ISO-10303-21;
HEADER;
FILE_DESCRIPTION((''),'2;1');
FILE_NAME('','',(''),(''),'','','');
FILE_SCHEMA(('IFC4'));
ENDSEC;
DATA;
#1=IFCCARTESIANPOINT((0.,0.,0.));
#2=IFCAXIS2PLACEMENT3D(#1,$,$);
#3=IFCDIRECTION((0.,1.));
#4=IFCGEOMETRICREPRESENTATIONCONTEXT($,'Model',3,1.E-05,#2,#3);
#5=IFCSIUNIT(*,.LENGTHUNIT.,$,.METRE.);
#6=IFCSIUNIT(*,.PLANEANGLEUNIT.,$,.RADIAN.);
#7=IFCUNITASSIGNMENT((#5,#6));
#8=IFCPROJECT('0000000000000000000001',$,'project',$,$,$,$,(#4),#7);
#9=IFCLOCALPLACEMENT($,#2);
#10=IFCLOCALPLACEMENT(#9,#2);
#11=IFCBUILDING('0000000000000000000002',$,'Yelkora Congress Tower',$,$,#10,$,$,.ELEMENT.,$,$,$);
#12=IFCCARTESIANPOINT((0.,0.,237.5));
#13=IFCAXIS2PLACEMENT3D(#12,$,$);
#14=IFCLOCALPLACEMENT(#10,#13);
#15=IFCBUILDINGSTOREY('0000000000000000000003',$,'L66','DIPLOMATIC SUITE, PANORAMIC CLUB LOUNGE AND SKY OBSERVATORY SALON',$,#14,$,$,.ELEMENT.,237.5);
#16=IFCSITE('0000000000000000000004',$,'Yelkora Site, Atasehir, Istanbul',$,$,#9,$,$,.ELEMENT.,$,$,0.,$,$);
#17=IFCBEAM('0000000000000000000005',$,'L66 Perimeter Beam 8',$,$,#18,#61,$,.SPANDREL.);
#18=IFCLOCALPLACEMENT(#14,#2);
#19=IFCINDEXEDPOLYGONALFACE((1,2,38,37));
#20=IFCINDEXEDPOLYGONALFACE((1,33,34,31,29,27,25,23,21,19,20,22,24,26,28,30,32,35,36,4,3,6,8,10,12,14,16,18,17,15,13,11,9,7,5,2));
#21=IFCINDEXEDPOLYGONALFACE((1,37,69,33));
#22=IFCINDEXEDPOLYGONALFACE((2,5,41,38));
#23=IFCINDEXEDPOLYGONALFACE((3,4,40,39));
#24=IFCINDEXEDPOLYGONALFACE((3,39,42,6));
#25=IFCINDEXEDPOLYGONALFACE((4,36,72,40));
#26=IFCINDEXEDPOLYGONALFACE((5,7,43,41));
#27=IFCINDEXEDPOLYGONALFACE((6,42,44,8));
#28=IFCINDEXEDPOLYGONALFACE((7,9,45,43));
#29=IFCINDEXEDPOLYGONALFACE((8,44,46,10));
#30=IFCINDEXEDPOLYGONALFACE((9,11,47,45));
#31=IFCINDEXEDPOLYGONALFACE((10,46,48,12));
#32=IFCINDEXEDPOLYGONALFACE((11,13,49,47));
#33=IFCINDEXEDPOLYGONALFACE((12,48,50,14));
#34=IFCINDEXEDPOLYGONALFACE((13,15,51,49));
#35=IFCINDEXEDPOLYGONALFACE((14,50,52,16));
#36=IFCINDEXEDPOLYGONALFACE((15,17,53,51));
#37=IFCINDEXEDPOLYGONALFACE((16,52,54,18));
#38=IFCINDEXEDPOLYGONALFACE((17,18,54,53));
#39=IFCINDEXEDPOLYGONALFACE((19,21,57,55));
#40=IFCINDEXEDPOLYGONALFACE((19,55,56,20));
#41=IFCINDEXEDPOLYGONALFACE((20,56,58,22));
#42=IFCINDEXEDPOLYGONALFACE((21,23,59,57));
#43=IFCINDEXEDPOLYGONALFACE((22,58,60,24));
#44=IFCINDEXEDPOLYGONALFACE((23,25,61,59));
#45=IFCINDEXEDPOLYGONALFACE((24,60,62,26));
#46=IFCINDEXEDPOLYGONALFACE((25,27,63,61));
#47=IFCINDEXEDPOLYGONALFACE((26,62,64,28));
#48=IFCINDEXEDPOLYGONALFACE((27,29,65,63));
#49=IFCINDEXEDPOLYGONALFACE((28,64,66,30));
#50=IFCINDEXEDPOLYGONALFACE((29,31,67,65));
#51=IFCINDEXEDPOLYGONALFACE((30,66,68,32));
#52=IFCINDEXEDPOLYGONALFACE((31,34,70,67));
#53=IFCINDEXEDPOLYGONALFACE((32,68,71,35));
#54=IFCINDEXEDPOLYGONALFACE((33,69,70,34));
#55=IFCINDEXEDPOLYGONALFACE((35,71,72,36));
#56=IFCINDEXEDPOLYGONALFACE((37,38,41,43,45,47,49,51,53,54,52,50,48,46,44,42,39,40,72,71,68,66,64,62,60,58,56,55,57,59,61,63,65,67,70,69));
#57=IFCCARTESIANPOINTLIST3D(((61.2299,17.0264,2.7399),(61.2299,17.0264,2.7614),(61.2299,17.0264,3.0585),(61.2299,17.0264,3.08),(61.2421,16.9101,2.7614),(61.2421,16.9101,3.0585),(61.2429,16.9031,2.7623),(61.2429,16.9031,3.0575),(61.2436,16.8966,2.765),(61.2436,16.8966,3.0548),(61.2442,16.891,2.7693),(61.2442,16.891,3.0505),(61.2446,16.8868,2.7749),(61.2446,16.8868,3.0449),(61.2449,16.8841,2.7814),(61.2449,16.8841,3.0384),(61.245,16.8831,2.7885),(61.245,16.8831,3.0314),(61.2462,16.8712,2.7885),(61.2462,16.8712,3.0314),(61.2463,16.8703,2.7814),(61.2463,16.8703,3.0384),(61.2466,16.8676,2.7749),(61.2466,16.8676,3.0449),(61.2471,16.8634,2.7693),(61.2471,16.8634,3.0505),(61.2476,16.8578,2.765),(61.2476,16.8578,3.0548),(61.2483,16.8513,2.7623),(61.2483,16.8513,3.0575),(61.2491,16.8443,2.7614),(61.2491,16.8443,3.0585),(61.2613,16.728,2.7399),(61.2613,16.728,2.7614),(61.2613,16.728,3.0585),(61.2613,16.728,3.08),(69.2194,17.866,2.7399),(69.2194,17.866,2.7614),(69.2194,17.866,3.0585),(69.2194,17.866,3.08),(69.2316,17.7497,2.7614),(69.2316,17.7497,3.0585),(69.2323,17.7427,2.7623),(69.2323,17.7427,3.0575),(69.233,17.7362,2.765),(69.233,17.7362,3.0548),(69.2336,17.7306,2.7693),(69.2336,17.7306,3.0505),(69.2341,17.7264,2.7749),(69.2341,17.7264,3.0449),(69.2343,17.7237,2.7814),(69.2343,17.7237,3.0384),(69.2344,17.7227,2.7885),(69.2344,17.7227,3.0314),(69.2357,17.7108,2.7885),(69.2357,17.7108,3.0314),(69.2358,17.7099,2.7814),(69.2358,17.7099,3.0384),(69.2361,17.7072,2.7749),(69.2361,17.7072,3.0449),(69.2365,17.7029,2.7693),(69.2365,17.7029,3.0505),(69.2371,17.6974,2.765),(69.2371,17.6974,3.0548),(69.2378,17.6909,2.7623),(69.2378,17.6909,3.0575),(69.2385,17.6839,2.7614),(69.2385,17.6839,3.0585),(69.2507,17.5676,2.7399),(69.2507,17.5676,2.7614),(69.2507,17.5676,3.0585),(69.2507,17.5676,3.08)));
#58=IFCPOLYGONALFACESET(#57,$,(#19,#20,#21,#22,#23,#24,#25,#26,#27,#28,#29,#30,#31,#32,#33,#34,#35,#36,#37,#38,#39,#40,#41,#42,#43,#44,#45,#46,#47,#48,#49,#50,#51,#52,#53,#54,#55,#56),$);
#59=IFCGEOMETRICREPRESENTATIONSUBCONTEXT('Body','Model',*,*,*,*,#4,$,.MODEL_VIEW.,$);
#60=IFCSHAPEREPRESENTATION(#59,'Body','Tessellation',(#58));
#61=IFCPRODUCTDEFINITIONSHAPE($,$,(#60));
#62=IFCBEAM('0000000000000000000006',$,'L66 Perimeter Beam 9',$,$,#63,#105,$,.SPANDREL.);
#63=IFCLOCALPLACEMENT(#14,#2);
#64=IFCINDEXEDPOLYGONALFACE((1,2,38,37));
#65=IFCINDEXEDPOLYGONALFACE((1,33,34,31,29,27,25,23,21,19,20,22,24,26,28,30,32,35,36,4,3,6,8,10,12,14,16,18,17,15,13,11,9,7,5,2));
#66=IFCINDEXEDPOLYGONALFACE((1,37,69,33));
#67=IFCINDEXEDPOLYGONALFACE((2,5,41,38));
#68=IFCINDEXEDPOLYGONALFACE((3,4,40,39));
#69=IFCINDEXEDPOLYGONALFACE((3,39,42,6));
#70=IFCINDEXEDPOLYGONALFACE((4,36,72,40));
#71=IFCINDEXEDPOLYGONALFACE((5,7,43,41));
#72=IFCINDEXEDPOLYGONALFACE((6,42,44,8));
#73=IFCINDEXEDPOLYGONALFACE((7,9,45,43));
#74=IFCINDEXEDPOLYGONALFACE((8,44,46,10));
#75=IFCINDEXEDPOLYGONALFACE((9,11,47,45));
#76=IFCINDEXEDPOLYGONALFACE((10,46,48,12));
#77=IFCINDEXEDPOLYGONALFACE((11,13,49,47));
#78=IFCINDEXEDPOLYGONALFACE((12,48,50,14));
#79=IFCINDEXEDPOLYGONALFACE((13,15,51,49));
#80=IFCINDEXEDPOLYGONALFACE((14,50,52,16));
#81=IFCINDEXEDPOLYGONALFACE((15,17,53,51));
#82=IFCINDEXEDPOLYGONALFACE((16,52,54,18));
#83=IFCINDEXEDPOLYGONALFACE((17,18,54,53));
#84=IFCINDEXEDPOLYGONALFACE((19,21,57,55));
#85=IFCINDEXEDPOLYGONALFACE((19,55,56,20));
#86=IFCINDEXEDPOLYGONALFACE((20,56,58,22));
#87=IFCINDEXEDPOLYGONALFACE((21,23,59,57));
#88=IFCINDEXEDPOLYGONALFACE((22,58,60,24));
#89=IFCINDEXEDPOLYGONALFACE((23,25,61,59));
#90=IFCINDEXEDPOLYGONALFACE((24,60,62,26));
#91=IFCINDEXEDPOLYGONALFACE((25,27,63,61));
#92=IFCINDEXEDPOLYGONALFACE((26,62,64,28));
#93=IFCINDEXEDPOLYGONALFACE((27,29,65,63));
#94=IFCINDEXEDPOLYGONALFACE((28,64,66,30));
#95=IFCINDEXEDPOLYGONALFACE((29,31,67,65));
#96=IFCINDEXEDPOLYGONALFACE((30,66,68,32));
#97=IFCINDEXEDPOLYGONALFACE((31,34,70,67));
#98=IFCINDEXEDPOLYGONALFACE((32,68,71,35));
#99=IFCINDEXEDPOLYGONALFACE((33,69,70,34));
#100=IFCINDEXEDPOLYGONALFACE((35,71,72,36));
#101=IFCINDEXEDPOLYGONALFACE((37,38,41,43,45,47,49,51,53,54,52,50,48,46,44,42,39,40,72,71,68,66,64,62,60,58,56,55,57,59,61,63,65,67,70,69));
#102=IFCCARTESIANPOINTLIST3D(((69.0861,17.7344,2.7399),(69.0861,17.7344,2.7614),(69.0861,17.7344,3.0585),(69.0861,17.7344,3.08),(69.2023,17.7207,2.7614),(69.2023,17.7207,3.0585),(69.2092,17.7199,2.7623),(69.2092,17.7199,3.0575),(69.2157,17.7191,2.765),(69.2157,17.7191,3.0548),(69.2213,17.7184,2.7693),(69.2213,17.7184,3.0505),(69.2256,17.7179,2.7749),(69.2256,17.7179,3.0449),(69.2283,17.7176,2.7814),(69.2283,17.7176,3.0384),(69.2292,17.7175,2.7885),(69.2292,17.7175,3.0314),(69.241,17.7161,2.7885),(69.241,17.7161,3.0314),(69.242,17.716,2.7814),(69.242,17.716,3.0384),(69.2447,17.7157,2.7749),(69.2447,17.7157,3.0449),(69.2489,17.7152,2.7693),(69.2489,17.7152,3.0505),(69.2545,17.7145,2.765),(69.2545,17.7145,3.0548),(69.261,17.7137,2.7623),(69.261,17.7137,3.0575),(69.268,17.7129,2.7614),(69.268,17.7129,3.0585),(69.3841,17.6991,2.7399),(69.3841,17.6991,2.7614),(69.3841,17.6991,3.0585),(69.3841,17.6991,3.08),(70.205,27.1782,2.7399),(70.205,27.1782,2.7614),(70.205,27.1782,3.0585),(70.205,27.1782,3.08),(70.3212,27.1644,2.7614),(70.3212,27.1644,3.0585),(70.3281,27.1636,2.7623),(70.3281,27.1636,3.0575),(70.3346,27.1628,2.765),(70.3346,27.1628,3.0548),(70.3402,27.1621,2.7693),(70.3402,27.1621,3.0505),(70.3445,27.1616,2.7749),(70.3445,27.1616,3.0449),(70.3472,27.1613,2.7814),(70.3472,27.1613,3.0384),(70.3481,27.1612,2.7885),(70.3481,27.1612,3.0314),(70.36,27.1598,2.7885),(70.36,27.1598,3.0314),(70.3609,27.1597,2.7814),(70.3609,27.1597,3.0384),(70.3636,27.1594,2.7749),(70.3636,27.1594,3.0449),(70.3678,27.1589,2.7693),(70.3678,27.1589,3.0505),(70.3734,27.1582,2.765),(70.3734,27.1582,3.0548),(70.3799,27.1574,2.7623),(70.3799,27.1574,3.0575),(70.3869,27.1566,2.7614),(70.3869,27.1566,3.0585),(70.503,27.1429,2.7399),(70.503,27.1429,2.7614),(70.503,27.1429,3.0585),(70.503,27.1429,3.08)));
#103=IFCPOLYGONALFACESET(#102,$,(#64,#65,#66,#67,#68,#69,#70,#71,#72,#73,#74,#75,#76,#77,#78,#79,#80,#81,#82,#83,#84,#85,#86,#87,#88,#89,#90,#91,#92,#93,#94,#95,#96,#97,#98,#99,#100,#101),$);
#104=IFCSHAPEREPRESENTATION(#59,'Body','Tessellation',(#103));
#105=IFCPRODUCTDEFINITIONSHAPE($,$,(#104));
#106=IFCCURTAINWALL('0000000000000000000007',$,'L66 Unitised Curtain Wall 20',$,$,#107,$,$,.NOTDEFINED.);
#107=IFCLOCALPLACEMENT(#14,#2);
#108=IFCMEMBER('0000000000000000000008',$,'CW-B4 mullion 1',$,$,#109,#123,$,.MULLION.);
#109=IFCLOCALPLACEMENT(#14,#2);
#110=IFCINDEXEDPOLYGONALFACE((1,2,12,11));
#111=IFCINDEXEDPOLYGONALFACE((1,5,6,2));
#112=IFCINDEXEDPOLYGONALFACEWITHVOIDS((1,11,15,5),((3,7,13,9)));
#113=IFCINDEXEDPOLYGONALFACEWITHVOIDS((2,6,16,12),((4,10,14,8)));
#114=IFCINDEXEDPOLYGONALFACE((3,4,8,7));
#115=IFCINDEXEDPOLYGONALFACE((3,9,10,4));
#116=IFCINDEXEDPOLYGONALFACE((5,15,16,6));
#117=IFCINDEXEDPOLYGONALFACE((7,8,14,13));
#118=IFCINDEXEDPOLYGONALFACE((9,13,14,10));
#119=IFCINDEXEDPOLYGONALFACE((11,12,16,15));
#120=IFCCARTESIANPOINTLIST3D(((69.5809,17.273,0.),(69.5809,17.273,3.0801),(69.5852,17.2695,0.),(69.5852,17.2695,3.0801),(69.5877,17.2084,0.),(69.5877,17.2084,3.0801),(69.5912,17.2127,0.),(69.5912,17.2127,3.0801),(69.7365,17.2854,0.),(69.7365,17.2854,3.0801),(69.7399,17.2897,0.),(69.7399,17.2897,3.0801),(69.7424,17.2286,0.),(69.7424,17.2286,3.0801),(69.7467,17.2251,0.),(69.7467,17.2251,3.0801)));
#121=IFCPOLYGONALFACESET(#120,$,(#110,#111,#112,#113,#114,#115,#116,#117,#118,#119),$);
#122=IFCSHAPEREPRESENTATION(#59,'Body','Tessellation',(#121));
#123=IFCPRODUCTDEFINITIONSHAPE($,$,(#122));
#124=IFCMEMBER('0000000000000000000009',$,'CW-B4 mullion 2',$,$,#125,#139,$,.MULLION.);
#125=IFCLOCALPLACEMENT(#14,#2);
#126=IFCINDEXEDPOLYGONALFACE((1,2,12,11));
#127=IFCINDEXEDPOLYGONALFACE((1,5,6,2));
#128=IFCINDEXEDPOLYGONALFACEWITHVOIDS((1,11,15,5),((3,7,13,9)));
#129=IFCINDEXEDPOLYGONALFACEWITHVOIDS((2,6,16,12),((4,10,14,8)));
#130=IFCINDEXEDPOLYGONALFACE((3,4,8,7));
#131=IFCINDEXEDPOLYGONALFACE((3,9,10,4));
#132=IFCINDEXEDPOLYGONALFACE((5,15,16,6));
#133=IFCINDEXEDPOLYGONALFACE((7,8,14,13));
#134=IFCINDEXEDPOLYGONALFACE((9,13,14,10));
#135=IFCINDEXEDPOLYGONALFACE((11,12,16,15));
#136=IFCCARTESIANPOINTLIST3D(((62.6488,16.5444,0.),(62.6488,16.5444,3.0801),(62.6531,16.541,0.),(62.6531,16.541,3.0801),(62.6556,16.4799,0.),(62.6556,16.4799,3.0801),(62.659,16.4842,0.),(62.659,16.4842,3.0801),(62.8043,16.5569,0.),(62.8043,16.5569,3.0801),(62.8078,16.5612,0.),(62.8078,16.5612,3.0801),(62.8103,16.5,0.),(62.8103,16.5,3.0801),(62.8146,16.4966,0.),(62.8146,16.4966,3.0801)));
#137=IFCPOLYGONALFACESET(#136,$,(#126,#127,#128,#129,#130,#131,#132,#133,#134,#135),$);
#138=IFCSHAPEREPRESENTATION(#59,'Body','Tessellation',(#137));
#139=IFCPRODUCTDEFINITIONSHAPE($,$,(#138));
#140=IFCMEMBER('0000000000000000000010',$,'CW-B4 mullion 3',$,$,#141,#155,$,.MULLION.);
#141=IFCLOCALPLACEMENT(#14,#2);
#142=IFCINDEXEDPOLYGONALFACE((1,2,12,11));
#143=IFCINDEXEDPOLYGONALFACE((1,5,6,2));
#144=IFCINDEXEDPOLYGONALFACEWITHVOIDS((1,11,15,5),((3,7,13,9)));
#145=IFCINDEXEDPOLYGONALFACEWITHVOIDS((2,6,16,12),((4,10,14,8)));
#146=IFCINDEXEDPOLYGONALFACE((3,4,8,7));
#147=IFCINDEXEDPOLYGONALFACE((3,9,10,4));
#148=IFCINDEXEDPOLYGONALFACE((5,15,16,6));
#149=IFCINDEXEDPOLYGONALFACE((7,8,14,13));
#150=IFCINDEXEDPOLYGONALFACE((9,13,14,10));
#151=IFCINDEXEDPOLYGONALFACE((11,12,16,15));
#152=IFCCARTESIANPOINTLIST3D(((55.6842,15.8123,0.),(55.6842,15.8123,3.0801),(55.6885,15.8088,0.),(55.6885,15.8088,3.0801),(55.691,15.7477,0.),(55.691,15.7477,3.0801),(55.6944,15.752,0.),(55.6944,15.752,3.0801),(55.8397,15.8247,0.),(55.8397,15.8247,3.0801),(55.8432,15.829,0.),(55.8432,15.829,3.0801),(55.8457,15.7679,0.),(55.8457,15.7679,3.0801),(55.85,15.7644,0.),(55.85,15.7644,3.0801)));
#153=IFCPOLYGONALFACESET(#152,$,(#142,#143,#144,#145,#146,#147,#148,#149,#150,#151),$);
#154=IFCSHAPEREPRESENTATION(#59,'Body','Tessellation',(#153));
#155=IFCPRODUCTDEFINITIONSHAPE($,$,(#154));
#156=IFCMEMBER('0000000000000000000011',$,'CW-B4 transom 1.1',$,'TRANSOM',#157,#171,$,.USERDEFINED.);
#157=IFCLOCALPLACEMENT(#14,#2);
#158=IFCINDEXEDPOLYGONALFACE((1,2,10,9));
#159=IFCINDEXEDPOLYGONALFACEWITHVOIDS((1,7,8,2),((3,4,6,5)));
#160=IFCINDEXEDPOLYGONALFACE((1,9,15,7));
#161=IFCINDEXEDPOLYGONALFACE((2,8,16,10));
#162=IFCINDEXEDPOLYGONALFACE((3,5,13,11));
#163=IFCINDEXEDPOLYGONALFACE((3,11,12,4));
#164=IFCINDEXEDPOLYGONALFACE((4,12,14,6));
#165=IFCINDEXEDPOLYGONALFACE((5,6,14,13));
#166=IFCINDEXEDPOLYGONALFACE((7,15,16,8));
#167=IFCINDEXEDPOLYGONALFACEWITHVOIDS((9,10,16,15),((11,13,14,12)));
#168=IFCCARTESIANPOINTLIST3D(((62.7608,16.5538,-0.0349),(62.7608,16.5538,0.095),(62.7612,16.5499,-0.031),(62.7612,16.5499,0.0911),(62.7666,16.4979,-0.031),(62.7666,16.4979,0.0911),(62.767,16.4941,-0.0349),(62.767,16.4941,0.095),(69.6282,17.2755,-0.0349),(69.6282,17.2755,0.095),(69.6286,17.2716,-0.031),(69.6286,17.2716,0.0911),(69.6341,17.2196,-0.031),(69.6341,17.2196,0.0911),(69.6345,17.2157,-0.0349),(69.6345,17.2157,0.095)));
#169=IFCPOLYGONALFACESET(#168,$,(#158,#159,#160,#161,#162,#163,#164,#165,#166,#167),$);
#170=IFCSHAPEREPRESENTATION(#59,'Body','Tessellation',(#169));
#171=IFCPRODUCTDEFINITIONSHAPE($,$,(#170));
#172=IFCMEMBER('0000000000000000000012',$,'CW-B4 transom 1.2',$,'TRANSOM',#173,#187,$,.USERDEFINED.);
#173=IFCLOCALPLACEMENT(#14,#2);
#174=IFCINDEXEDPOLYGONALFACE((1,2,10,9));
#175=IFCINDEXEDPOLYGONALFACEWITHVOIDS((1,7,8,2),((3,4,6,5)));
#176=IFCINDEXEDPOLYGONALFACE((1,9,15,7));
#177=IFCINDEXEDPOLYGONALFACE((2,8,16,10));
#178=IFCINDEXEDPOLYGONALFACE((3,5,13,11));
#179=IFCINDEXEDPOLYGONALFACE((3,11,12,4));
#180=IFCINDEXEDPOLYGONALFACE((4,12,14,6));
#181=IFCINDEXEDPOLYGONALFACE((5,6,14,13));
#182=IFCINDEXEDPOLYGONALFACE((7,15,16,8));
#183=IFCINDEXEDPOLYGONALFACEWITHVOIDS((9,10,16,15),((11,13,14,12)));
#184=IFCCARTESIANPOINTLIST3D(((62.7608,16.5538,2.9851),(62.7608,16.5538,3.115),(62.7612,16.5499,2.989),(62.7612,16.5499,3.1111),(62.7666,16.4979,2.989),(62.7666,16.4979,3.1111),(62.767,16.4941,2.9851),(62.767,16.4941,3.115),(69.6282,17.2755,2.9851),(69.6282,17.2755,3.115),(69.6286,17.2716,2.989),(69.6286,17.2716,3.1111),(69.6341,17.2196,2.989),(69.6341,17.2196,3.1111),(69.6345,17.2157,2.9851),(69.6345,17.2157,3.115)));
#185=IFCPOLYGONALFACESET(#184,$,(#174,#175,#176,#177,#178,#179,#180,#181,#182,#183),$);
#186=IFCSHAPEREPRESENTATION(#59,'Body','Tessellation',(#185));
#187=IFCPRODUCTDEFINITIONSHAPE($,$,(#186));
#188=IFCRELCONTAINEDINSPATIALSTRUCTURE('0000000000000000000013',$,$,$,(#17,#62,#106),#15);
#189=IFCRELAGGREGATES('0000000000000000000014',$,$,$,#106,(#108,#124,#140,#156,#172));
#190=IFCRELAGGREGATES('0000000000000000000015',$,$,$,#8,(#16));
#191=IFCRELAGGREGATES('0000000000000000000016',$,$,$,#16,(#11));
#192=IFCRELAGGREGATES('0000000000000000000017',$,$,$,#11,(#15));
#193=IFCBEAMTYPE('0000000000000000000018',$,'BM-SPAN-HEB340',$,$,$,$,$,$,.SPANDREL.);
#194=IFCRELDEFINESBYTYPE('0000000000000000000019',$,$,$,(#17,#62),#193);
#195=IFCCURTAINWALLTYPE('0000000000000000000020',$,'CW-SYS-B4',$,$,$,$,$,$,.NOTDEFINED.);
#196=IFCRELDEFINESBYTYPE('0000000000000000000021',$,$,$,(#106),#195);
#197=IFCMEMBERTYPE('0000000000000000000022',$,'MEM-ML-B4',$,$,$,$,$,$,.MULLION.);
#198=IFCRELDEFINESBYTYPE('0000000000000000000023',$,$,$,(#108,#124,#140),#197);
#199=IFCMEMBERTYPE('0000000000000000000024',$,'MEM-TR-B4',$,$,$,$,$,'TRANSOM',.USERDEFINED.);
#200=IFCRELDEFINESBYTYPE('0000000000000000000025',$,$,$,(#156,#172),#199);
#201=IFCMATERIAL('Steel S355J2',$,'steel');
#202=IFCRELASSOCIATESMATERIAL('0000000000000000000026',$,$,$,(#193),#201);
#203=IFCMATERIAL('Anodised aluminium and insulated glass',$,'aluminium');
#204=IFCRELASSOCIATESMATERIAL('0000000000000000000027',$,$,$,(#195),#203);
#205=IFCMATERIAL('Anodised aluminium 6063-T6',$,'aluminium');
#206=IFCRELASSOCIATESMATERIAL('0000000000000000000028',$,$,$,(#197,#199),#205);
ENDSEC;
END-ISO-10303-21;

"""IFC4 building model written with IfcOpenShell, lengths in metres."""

from ifc_helpers import new_model, si_unit, direction, frame, origin, origin_2d, place, context, subcontext, project, spatial, hollow_rectangle, i_section, extrude, material, material_profile, profile_set, type_object, element, aggregate, save


model = new_model("IFC4")

# Units and contexts
model_context = context("Model", 3, precision=1e-05, world=origin(), true_north=direction((0.0, 1.0)))
body_context = subcontext(model_context, "Body", "Model", "MODEL_VIEW")
ifc_project = project(units=[si_unit("LENGTHUNIT", "METRE"), si_unit("PLANEANGLEUNIT", "RADIAN")], contexts=[model_context])

# Site, building, storey
site_placement = place(None, origin())
site = spatial("IfcSite", under=ifc_project, at=site_placement, Name="Yelkora Site, Atasehir, Istanbul", CompositionType="ELEMENT", RefElevation=0.0)
building_placement = place(site_placement, origin())
building = spatial("IfcBuilding", under=site, at=building_placement, Name="Yelkora Congress Tower", CompositionType="ELEMENT")
storey_placement = place(building_placement, frame((0.0, 0.0, 237.5)))
storey = spatial("IfcBuildingStorey", under=building, at=storey_placement, Name="L66", Description="DIPLOMATIC SUITE, PANORAMIC CLUB LOUNGE AND SKY OBSERVATORY SALON", CompositionType="ELEMENT", Elevation=237.5)

# Shared definitions
ifc_material_1 = material(Name="Steel S355J2", Category="steel")

# Beams
ifc_material_profile_1 = material_profile(ifc_material_1, i_section(OverallWidth=0.3, OverallDepth=0.3401, WebThickness=0.012, FlangeThickness=0.0215, FilletRadius=0.0271, at=origin_2d()), Name="HEB 340")
ifc_profile_set_1 = profile_set([ifc_material_profile_1], Name="Steel S355J2")
beam_type_1 = type_object("IfcBeamType", Name="BM-SPAN-HEB340", PredefinedType="SPANDREL", material=ifc_profile_set_1)
beam_1_placement = place(storey_placement, frame((61.2456, 16.8772, 2.9099), z_axis=(0.994524, 0.104512, 0.0), x_axis=(-0.104512, 0.994524, 0.0)))
element("IfcBeam", 1, at=beam_1_placement, inside=storey, type_object=beam_type_1, Name="L66 Perimeter Beam 8", PredefinedType="SPANDREL", context=body_context, shape_type="SweptSolid", body=[
    extrude(i_section(OverallWidth=0.3, OverallDepth=0.3401, WebThickness=0.012, FlangeThickness=0.0215, FilletRadius=0.0271, at=origin_2d()), origin(), (0.0, 0.0, 1.0), 8.0334),
])
beam_2_placement = place(storey_placement, frame((69.2351, 17.7168, 2.9099), z_axis=(0.117659, 0.993054, 0.0), x_axis=(-0.993054, 0.117659, 0.0)))
element("IfcBeam", 2, at=beam_2_placement, inside=storey, type_object=beam_type_1, Name="L66 Perimeter Beam 9", PredefinedType="SPANDREL", context=body_context, shape_type="SweptSolid", body=[
    extrude(i_section(OverallWidth=0.3, OverallDepth=0.3401, WebThickness=0.012, FlangeThickness=0.0215, FilletRadius=0.0271, at=origin_2d()), origin(), (0.0, 0.0, 1.0), 9.5098),
])

# Curtain wall, members
ifc_material_2 = material(Name="Anodised aluminium and insulated glass", Category="aluminium")
curtain_wall_type = type_object("IfcCurtainWallType", Name="CW-SYS-B4", PredefinedType="NOTDEFINED", material=ifc_material_2)
curtain_wall_placement = place(storey_placement, origin())
curtain_wall = element("IfcCurtainWall", 3, at=curtain_wall_placement, inside=storey, type_object=curtain_wall_type, Name="L66 Unitised Curtain Wall 20", PredefinedType="NOTDEFINED")
ifc_material_3 = material(Name="Anodised aluminium 6063-T6", Category="aluminium")
ifc_material_profile_2 = material_profile(ifc_material_3, hollow_rectangle(XDim=0.0649, YDim=0.1599, WallThickness=0.0039, at=origin_2d()), Name="ALU 65x160x4")
ifc_profile_set_2 = profile_set([ifc_material_profile_2], Name="Anodised aluminium 6063-T6")
member_type_1 = type_object("IfcMemberType", Name="MEM-ML-B4", PredefinedType="MULLION", material=ifc_profile_set_2)
member_1_placement = place(storey_placement, frame((69.6638, 17.249, 0.0), z_axis=(0.0, 0.0, 1.0), x_axis=(0.104527, -0.994522, 0.0)))
member_1 = element("IfcMember", 4, at=member_1_placement, type_object=member_type_1, Name="CW-B4 mullion 1", PredefinedType="MULLION", context=body_context, shape_type="SweptSolid", body=[
    extrude(hollow_rectangle(XDim=0.0649, YDim=0.1599, WallThickness=0.0039, at=origin_2d()), origin(), (0.0, 0.0, 1.0), 3.0801),
])
member_2_placement = place(storey_placement, frame((62.7317, 16.5205, 0.0), z_axis=(0.0, 0.0, 1.0), x_axis=(0.104527, -0.994522, 0.0)))
member_2 = element("IfcMember", 5, at=member_2_placement, type_object=member_type_1, Name="CW-B4 mullion 2", PredefinedType="MULLION", context=body_context, shape_type="SweptSolid", body=[
    extrude(hollow_rectangle(XDim=0.0649, YDim=0.1599, WallThickness=0.0039, at=origin_2d()), origin(), (0.0, 0.0, 1.0), 3.0801),
])
member_3_placement = place(storey_placement, frame((55.7671, 15.7883, 0.0), z_axis=(0.0, 0.0, 1.0), x_axis=(0.104527, -0.994522, 0.0)))
member_3 = element("IfcMember", 6, at=member_3_placement, type_object=member_type_1, Name="CW-B4 mullion 3", PredefinedType="MULLION", context=body_context, shape_type="SweptSolid", body=[
    extrude(hollow_rectangle(XDim=0.0649, YDim=0.1599, WallThickness=0.0039, at=origin_2d()), origin(), (0.0, 0.0, 1.0), 3.0801),
])
ifc_material_profile_3 = material_profile(ifc_material_3, hollow_rectangle(XDim=0.0601, YDim=0.1299, WallThickness=0.0039, at=origin_2d()), Name="ALU 60x130x4")
ifc_profile_set_3 = profile_set([ifc_material_profile_3], Name="Anodised aluminium 6063-T6")
member_type_2 = type_object("IfcMemberType", Name="MEM-TR-B4", ElementType="TRANSOM", PredefinedType="USERDEFINED", material=ifc_profile_set_3)
member_4_placement = place(storey_placement, frame((69.6313, 17.2456, 0.03), z_axis=(-0.994524, -0.104512, 0.0), x_axis=(0.104512, -0.994524, 0.0)))
member_4 = element("IfcMember", 7, at=member_4_placement, type_object=member_type_2, Name="CW-B4 transom 1.1", ObjectType="TRANSOM", PredefinedType="USERDEFINED", context=body_context, shape_type="SweptSolid", body=[
    extrude(hollow_rectangle(XDim=0.0601, YDim=0.1299, WallThickness=0.0039, at=origin_2d()), origin(), (0.0, 0.0, 1.0), 6.9053),
])
member_5_placement = place(storey_placement, frame((69.6313, 17.2456, 3.05), z_axis=(-0.994524, -0.104512, 0.0), x_axis=(0.104512, -0.994524, 0.0)))
member_5 = element("IfcMember", 8, at=member_5_placement, type_object=member_type_2, Name="CW-B4 transom 1.2", ObjectType="TRANSOM", PredefinedType="USERDEFINED", context=body_context, shape_type="SweptSolid", body=[
    extrude(hollow_rectangle(XDim=0.0601, YDim=0.1299, WallThickness=0.0039, at=origin_2d()), origin(), (0.0, 0.0, 1.0), 6.9053),
])
aggregate(curtain_wall, [member_1, member_2, member_3, member_4, member_5])

save(model, "model.ifc")
